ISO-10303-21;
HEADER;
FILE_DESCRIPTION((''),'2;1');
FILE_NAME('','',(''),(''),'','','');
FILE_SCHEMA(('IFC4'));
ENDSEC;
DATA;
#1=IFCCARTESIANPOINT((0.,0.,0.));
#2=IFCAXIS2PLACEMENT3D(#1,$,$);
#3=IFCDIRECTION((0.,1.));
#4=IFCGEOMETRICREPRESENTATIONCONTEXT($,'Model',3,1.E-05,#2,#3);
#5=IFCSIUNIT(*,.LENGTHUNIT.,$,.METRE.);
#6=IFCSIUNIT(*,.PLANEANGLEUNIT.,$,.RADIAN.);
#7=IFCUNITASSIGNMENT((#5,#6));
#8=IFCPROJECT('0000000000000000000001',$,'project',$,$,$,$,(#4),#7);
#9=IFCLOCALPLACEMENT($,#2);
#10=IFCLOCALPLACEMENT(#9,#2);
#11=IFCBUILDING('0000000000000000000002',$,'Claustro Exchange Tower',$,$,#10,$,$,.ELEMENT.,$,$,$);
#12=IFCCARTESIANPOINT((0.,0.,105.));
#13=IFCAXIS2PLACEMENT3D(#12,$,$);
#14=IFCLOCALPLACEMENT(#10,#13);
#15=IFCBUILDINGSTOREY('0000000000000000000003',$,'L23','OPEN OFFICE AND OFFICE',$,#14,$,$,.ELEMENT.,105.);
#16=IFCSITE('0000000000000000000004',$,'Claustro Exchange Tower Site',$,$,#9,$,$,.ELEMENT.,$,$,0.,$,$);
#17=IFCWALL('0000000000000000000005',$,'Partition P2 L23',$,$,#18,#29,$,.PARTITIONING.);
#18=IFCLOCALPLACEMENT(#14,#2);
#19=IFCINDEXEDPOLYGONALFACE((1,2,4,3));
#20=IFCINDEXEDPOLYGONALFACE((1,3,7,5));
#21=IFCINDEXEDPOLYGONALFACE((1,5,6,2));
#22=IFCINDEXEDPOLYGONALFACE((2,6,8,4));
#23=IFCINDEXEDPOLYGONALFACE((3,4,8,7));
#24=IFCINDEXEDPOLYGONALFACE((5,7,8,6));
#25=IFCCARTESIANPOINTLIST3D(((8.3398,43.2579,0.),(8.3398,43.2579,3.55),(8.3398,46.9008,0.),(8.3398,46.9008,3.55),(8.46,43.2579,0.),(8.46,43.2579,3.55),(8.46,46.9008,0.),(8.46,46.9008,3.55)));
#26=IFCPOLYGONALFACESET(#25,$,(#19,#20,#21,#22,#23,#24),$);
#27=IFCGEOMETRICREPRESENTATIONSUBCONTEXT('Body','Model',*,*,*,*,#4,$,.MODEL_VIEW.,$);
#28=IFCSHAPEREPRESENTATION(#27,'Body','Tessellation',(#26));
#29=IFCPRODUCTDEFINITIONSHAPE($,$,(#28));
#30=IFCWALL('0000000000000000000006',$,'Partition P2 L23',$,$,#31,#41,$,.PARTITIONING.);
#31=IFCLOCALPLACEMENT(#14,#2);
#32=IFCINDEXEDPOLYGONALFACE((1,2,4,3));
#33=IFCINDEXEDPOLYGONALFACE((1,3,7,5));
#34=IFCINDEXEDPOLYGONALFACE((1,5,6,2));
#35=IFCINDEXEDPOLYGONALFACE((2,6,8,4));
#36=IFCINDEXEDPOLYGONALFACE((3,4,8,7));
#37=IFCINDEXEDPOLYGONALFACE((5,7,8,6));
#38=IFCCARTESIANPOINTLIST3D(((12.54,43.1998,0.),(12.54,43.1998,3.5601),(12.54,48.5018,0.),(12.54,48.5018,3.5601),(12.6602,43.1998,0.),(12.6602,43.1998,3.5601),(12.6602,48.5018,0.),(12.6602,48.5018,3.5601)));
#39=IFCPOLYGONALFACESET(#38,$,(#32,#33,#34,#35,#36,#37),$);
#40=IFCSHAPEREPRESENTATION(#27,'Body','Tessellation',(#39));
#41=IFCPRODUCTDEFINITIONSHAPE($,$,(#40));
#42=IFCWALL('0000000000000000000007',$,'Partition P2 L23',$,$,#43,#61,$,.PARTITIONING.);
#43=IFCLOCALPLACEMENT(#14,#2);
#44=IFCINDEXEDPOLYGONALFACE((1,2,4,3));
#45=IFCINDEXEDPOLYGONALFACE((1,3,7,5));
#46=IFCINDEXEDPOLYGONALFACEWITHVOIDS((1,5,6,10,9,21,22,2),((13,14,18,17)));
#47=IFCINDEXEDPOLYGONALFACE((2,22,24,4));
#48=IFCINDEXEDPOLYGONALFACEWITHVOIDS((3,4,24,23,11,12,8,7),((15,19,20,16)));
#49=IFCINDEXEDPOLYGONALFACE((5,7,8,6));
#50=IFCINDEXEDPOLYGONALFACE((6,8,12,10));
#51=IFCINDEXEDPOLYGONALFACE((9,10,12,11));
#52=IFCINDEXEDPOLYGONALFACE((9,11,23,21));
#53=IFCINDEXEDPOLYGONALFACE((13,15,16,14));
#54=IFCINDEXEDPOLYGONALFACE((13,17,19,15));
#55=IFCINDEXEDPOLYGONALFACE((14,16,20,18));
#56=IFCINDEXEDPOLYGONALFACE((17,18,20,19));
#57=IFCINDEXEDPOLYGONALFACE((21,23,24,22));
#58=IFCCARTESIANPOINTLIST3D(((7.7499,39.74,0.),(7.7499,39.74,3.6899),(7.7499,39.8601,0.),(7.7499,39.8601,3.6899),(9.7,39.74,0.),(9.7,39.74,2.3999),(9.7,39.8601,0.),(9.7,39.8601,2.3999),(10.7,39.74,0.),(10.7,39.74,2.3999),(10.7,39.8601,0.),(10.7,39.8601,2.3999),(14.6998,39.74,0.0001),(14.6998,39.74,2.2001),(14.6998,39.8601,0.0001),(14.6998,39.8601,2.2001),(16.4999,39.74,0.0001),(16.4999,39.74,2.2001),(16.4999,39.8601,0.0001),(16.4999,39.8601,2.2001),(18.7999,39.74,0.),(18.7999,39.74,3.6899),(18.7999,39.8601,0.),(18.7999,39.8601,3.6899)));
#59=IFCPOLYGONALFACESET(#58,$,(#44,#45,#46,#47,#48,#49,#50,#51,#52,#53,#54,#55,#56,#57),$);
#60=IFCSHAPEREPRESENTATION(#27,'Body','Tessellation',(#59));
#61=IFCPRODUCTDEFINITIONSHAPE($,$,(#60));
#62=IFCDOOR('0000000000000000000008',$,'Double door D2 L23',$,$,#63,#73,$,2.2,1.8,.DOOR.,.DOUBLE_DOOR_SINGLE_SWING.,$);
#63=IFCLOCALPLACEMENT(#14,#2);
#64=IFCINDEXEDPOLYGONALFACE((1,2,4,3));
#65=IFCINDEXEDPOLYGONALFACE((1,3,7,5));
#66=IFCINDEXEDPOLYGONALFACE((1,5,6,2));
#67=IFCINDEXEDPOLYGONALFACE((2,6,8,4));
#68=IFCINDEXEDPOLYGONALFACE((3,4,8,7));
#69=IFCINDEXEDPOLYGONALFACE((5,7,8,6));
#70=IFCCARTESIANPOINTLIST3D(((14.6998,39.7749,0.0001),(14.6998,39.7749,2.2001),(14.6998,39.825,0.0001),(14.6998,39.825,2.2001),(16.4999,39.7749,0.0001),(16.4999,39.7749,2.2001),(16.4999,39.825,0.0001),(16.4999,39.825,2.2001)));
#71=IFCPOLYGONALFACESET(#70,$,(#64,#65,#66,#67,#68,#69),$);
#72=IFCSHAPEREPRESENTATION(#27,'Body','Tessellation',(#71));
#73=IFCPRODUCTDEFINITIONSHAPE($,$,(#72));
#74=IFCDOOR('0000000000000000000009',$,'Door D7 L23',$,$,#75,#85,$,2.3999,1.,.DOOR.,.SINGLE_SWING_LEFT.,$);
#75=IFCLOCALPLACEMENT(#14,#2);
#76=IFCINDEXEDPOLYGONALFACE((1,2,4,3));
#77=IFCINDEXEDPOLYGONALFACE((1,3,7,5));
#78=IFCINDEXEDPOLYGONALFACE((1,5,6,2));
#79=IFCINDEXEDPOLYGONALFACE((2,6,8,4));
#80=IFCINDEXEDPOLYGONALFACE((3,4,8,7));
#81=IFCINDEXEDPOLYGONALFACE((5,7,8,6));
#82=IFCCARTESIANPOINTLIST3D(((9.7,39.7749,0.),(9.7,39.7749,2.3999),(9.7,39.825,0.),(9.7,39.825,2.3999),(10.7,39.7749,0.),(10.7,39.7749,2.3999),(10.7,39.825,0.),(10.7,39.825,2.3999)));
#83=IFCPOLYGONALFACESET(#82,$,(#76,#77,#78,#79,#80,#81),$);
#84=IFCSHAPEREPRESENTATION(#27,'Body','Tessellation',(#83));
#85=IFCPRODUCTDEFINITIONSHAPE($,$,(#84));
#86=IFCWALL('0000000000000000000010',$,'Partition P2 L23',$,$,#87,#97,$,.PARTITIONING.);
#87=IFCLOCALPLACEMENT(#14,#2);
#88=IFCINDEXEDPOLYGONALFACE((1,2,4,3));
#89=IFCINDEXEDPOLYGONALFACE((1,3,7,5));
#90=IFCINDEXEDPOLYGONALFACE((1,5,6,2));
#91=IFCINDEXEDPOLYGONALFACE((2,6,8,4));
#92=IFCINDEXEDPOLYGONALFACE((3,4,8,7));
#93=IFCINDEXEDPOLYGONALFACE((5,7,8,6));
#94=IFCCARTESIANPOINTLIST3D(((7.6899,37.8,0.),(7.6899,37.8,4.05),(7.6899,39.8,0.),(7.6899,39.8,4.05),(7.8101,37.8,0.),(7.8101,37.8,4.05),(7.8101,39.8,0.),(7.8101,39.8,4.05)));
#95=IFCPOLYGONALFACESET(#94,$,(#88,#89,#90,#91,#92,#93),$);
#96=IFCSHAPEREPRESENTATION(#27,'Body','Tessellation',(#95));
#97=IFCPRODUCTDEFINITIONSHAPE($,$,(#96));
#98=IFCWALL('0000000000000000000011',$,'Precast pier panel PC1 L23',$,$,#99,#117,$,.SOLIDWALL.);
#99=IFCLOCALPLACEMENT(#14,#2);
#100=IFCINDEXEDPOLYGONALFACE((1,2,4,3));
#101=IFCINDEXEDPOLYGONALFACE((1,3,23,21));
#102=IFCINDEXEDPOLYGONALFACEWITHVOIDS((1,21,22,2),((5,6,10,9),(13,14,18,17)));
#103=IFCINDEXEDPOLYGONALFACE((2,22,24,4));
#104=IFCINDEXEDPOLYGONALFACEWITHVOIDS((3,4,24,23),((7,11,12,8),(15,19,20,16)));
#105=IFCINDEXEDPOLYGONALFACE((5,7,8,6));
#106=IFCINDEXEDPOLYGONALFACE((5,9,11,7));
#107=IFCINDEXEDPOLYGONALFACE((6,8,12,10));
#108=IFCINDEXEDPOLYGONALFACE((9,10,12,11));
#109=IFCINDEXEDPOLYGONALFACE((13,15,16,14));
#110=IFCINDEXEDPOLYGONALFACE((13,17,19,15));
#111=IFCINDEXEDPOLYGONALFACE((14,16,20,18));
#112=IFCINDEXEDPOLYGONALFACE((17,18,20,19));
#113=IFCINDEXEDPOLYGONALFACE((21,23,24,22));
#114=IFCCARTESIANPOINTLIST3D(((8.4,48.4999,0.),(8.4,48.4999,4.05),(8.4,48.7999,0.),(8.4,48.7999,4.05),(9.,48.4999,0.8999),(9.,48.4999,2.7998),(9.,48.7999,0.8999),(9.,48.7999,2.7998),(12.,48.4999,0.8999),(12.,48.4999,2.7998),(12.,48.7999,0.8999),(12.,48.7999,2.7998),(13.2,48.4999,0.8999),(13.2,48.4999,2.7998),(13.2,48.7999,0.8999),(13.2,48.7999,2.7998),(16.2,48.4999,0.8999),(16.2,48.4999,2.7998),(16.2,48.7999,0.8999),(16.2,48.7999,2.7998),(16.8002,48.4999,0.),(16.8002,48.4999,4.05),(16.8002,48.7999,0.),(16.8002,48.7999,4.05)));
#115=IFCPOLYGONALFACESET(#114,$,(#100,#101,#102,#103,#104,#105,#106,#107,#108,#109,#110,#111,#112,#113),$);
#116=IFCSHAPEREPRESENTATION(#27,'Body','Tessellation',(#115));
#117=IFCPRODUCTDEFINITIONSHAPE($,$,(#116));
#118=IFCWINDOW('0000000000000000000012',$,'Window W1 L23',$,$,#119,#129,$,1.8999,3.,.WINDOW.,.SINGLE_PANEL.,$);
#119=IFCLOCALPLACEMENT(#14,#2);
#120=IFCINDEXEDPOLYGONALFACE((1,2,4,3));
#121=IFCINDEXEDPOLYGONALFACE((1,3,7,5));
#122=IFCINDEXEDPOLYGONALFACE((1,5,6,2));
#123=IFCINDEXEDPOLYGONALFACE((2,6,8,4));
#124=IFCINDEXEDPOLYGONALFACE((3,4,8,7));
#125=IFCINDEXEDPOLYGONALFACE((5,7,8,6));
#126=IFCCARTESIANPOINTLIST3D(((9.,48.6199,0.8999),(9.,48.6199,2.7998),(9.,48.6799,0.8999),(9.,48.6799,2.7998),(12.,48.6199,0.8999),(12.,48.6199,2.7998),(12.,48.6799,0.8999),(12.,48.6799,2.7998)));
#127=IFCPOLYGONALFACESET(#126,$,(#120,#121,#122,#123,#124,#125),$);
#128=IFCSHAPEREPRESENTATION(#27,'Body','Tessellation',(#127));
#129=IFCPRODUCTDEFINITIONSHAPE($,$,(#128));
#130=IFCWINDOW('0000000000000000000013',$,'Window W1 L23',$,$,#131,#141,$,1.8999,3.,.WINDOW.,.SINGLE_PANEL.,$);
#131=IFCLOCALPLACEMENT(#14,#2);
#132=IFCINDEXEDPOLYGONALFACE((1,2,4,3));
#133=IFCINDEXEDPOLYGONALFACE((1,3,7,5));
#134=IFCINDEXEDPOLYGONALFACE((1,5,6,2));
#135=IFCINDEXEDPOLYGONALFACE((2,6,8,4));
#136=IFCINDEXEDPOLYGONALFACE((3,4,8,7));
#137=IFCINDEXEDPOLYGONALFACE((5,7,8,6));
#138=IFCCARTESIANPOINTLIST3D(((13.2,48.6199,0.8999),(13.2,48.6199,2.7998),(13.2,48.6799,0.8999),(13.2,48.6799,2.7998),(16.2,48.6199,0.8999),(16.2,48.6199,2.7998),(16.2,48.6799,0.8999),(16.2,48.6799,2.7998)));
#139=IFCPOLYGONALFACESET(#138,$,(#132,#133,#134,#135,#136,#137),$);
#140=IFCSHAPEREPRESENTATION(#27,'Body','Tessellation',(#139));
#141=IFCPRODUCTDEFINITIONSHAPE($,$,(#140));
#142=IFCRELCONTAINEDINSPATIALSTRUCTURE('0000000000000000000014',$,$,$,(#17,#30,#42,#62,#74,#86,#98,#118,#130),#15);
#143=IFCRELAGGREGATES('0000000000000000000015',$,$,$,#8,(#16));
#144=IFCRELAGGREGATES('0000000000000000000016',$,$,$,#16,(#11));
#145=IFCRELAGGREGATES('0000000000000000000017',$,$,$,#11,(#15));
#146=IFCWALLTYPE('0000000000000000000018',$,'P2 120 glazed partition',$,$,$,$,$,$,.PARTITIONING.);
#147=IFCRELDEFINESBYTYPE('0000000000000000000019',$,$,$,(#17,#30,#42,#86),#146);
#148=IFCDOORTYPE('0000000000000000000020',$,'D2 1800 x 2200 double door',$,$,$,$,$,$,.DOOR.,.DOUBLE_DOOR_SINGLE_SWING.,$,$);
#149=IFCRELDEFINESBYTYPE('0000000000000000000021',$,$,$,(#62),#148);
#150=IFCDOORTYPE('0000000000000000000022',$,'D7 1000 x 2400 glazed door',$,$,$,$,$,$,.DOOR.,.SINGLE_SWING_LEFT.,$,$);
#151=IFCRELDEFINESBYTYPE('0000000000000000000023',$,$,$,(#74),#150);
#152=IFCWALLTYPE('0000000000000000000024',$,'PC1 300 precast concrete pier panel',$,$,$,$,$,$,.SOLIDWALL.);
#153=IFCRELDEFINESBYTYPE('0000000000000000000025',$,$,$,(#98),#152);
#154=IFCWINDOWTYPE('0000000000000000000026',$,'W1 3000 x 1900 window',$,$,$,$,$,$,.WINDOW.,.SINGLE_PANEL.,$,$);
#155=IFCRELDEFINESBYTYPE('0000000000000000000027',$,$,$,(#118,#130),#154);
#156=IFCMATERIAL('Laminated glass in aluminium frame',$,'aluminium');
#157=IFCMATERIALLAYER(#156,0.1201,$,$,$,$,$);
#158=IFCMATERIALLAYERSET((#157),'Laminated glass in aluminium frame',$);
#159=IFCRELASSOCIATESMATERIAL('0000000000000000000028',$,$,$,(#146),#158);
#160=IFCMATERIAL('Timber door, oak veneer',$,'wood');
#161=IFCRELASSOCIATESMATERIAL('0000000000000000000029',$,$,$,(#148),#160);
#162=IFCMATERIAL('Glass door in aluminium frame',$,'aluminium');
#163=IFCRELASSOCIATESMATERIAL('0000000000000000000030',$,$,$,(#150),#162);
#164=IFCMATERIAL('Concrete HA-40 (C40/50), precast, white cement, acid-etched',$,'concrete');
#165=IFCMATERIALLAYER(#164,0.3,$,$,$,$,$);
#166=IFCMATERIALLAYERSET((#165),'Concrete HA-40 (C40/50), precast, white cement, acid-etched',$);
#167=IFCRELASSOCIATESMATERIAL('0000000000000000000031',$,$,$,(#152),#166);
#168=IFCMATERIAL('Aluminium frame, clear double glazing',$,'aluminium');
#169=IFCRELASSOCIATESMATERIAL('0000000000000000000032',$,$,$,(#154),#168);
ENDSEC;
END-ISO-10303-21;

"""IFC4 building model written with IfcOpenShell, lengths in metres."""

from ifc_helpers import new_model, si_unit, direction, frame, frame_2d, origin, place, context, subcontext, project, spatial, rectangle, extrude, material, layer, layer_set, type_object, element, fill, save


model = new_model("IFC4")

# Units and contexts
model_context = context("Model", 3, precision=1e-05, world=origin(), true_north=direction((0.0, 1.0)))
body_context = subcontext(model_context, "Body", "Model", "MODEL_VIEW")
ifc_project = project(units=[si_unit("LENGTHUNIT", "METRE"), si_unit("PLANEANGLEUNIT", "RADIAN")], contexts=[model_context])

# Site, building, storey
site_placement = place(None, origin())
site = spatial("IfcSite", under=ifc_project, at=site_placement, Name="Claustro Exchange Tower Site", CompositionType="ELEMENT", RefElevation=0.0)
building_placement = place(site_placement, origin())
building = spatial("IfcBuilding", under=site, at=building_placement, Name="Claustro Exchange Tower", CompositionType="ELEMENT")
storey_placement = place(building_placement, frame((0.0, 0.0, 105.0)))
storey = spatial("IfcBuildingStorey", under=building, at=storey_placement, Name="L23", Description="OPEN OFFICE AND OFFICE", CompositionType="ELEMENT", Elevation=105.0)

# Walls
ifc_material_1 = material(Name="Laminated glass in aluminium frame", Category="aluminium")
ifc_layer_1 = layer(ifc_material_1, 0.1201)
ifc_layer_set_1 = layer_set([ifc_layer_1], Name="Laminated glass in aluminium frame")
wall_type_1 = type_object("IfcWallType", Name="P2 120 glazed partition", PredefinedType="PARTITIONING", material=ifc_layer_set_1)
wall_1_placement = place(storey_placement, frame((8.3999, 43.2581, 0.0), z_axis=(0.0, 0.0, 1.0), x_axis=(0.0, 1.0, 0.0)))
element("IfcWall", 1, at=wall_1_placement, inside=storey, type_object=wall_type_1, Name="Partition P2 L23", PredefinedType="PARTITIONING", context=body_context, shape_type="SweptSolid", body=[
    extrude(rectangle(XDim=3.6428, YDim=0.1201, at=frame_2d((1.8213, 0.0))), origin(), (0.0, 0.0, 1.0), 3.55),
])
wall_2_placement = place(storey_placement, frame((12.6001, 43.2, 0.0), z_axis=(0.0, 0.0, 1.0), x_axis=(0.0, 1.0, 0.0)))
element("IfcWall", 2, at=wall_2_placement, inside=storey, type_object=wall_type_1, Name="Partition P2 L23", PredefinedType="PARTITIONING", context=body_context, shape_type="SweptSolid", body=[
    extrude(rectangle(XDim=5.302, YDim=0.1201, at=frame_2d((2.6509, 0.0))), origin(), (0.0, 0.0, 1.0), 3.5601),
])

# Wall, openings, doors
wall_3_placement = place(storey_placement, frame((7.75, 39.8, 0.0), z_axis=(0.0, 0.0, 1.0), x_axis=(1.0, 0.0, 0.0)))
wall_3 = element("IfcWall", 3, at=wall_3_placement, inside=storey, type_object=wall_type_1, Name="Partition P2 L23", PredefinedType="PARTITIONING", context=body_context, shape_type="SweptSolid", body=[
    extrude(rectangle(XDim=11.05, YDim=0.1201, at=frame_2d((5.5249, 0.0))), origin(), (0.0, 0.0, 1.0), 3.6899),
])
opening_1_placement = place(wall_3_placement, frame((1.95, 0.0, 0.0)))
opening_1 = element("IfcOpeningElement", 4, at=opening_1_placement, cuts=wall_3, PredefinedType="OPENING", context=body_context, shape_type="SweptSolid", body=[
    extrude(rectangle(XDim=1.0, YDim=2.3999, at=frame_2d((0.5, 1.2))), frame((0.0, 0.0701, 0.0), z_axis=(0.0, -1.0, 0.0), x_axis=(1.0, 0.0, 0.0)), (0.0, 0.0, 1.0), 0.1401),
])
opening_2_placement = place(wall_3_placement, frame((6.95, 0.0, 0.0)))
opening_2 = element("IfcOpeningElement", 5, at=opening_2_placement, cuts=wall_3, PredefinedType="OPENING", context=body_context, shape_type="SweptSolid", body=[
    extrude(rectangle(XDim=1.8, YDim=2.2, at=frame_2d((0.8999, 1.1001))), frame((0.0, 0.0701, 0.0), z_axis=(0.0, -1.0, 0.0), x_axis=(1.0, 0.0, 0.0)), (0.0, 0.0, 1.0), 0.1401),
])
ifc_material_2 = material(Name="Timber door, oak veneer", Category="wood")
door_type_1 = type_object("IfcDoorType", Name="D2 1800 x 2200 double door", OperationType="DOUBLE_DOOR_SINGLE_SWING", PredefinedType="DOOR", material=ifc_material_2)
door_1_placement = place(opening_2_placement, origin())
door_1 = element("IfcDoor", 6, at=door_1_placement, inside=storey, type_object=door_type_1, Name="Double door D2 L23", OperationType="DOUBLE_DOOR_SINGLE_SWING", OverallHeight=2.2, OverallWidth=1.8, PredefinedType="DOOR", context=body_context, shape_type="SweptSolid", body=[
    extrude(rectangle(XDim=1.8, YDim=2.2, at=frame_2d((0.8999, 1.1001))), frame((0.0, 0.0249, 0.0), z_axis=(0.0, -1.0, 0.0), x_axis=(1.0, 0.0, 0.0)), (0.0, 0.0, 1.0), 0.05),
])
fill(opening_2, door_1)
ifc_material_3 = material(Name="Glass door in aluminium frame", Category="aluminium")
door_type_2 = type_object("IfcDoorType", Name="D7 1000 x 2400 glazed door", OperationType="SINGLE_SWING_LEFT", PredefinedType="DOOR", material=ifc_material_3)
door_2_placement = place(opening_1_placement, origin())
door_2 = element("IfcDoor", 7, at=door_2_placement, inside=storey, type_object=door_type_2, Name="Door D7 L23", OperationType="SINGLE_SWING_LEFT", OverallHeight=2.3999, OverallWidth=1.0, PredefinedType="DOOR", context=body_context, shape_type="SweptSolid", body=[
    extrude(rectangle(XDim=1.0, YDim=2.3999, at=frame_2d((0.5, 1.2))), frame((0.0, 0.0249, 0.0), z_axis=(0.0, -1.0, 0.0), x_axis=(1.0, 0.0, 0.0)), (0.0, 0.0, 1.0), 0.05),
])
fill(opening_1, door_2)

# Wall
wall_4_placement = place(storey_placement, frame((7.75, 37.8, 0.0), z_axis=(0.0, 0.0, 1.0), x_axis=(0.0, 1.0, 0.0)))
element("IfcWall", 8, at=wall_4_placement, inside=storey, type_object=wall_type_1, Name="Partition P2 L23", PredefinedType="PARTITIONING", context=body_context, shape_type="SweptSolid", body=[
    extrude(rectangle(XDim=2.0, YDim=0.1201, at=frame_2d((1.0, 0.0))), origin(), (0.0, 0.0, 1.0), 4.05),
])

# Wall, openings, windows
ifc_material_4 = material(Name="Concrete HA-40 (C40/50), precast, white cement, acid-etched", Category="concrete")
ifc_layer_2 = layer(ifc_material_4, 0.3)
ifc_layer_set_2 = layer_set([ifc_layer_2], Name="Concrete HA-40 (C40/50), precast, white cement, acid-etched")
wall_type_2 = type_object("IfcWallType", Name="PC1 300 precast concrete pier panel", PredefinedType="SOLIDWALL", material=ifc_layer_set_2)
wall_5_placement = place(storey_placement, frame((8.3999, 48.6499, 0.0), z_axis=(0.0, 0.0, 1.0), x_axis=(1.0, 0.0, 0.0)))
wall_5 = element("IfcWall", 9, at=wall_5_placement, inside=storey, type_object=wall_type_2, Name="Precast pier panel PC1 L23", PredefinedType="SOLIDWALL", context=body_context, shape_type="SweptSolid", body=[
    extrude(rectangle(XDim=8.4001, YDim=0.3, at=frame_2d((4.2002, 0.0))), origin(), (0.0, 0.0, 1.0), 4.05),
])
opening_3_placement = place(wall_5_placement, frame((0.6001, 0.0, 0.8999)))
opening_3 = element("IfcOpeningElement", 10, at=opening_3_placement, cuts=wall_5, PredefinedType="OPENING", context=body_context, shape_type="SweptSolid", body=[
    extrude(rectangle(XDim=3.0, YDim=1.8999, at=frame_2d((1.5, 0.95))), frame((0.0, 0.1599, 0.0), z_axis=(0.0, -1.0, 0.0), x_axis=(1.0, 0.0, 0.0)), (0.0, 0.0, 1.0), 0.3201),
])
opening_4_placement = place(wall_5_placement, frame((4.8, 0.0, 0.8999)))
opening_4 = element("IfcOpeningElement", 11, at=opening_4_placement, cuts=wall_5, PredefinedType="OPENING", context=body_context, shape_type="SweptSolid", body=[
    extrude(rectangle(XDim=3.0, YDim=1.8999, at=frame_2d((1.5, 0.95))), frame((0.0, 0.1599, 0.0), z_axis=(0.0, -1.0, 0.0), x_axis=(1.0, 0.0, 0.0)), (0.0, 0.0, 1.0), 0.3201),
])
ifc_material_5 = material(Name="Aluminium frame, clear double glazing", Category="aluminium")
window_type = type_object("IfcWindowType", Name="W1 3000 x 1900 window", PartitioningType="SINGLE_PANEL", PredefinedType="WINDOW", material=ifc_material_5)
window_1_placement = place(opening_3_placement, origin())
window_1 = element("IfcWindow", 12, at=window_1_placement, inside=storey, type_object=window_type, Name="Window W1 L23", OverallHeight=1.8999, OverallWidth=3.0, PartitioningType="SINGLE_PANEL", PredefinedType="WINDOW", context=body_context, shape_type="SweptSolid", body=[
    extrude(rectangle(XDim=3.0, YDim=1.8999, at=frame_2d((1.5, 0.95))), frame((0.0, 0.03, 0.0), z_axis=(0.0, -1.0, 0.0), x_axis=(1.0, 0.0, 0.0)), (0.0, 0.0, 1.0), 0.0601),
])
fill(opening_3, window_1)
window_2_placement = place(opening_4_placement, origin())
window_2 = element("IfcWindow", 13, at=window_2_placement, inside=storey, type_object=window_type, Name="Window W1 L23", OverallHeight=1.8999, OverallWidth=3.0, PartitioningType="SINGLE_PANEL", PredefinedType="WINDOW", context=body_context, shape_type="SweptSolid", body=[
    extrude(rectangle(XDim=3.0, YDim=1.8999, at=frame_2d((1.5, 0.95))), frame((0.0, 0.03, 0.0), z_axis=(0.0, -1.0, 0.0), x_axis=(1.0, 0.0, 0.0)), (0.0, 0.0, 1.0), 0.0601),
])
fill(opening_4, window_2)

save(model, "model.ifc")
